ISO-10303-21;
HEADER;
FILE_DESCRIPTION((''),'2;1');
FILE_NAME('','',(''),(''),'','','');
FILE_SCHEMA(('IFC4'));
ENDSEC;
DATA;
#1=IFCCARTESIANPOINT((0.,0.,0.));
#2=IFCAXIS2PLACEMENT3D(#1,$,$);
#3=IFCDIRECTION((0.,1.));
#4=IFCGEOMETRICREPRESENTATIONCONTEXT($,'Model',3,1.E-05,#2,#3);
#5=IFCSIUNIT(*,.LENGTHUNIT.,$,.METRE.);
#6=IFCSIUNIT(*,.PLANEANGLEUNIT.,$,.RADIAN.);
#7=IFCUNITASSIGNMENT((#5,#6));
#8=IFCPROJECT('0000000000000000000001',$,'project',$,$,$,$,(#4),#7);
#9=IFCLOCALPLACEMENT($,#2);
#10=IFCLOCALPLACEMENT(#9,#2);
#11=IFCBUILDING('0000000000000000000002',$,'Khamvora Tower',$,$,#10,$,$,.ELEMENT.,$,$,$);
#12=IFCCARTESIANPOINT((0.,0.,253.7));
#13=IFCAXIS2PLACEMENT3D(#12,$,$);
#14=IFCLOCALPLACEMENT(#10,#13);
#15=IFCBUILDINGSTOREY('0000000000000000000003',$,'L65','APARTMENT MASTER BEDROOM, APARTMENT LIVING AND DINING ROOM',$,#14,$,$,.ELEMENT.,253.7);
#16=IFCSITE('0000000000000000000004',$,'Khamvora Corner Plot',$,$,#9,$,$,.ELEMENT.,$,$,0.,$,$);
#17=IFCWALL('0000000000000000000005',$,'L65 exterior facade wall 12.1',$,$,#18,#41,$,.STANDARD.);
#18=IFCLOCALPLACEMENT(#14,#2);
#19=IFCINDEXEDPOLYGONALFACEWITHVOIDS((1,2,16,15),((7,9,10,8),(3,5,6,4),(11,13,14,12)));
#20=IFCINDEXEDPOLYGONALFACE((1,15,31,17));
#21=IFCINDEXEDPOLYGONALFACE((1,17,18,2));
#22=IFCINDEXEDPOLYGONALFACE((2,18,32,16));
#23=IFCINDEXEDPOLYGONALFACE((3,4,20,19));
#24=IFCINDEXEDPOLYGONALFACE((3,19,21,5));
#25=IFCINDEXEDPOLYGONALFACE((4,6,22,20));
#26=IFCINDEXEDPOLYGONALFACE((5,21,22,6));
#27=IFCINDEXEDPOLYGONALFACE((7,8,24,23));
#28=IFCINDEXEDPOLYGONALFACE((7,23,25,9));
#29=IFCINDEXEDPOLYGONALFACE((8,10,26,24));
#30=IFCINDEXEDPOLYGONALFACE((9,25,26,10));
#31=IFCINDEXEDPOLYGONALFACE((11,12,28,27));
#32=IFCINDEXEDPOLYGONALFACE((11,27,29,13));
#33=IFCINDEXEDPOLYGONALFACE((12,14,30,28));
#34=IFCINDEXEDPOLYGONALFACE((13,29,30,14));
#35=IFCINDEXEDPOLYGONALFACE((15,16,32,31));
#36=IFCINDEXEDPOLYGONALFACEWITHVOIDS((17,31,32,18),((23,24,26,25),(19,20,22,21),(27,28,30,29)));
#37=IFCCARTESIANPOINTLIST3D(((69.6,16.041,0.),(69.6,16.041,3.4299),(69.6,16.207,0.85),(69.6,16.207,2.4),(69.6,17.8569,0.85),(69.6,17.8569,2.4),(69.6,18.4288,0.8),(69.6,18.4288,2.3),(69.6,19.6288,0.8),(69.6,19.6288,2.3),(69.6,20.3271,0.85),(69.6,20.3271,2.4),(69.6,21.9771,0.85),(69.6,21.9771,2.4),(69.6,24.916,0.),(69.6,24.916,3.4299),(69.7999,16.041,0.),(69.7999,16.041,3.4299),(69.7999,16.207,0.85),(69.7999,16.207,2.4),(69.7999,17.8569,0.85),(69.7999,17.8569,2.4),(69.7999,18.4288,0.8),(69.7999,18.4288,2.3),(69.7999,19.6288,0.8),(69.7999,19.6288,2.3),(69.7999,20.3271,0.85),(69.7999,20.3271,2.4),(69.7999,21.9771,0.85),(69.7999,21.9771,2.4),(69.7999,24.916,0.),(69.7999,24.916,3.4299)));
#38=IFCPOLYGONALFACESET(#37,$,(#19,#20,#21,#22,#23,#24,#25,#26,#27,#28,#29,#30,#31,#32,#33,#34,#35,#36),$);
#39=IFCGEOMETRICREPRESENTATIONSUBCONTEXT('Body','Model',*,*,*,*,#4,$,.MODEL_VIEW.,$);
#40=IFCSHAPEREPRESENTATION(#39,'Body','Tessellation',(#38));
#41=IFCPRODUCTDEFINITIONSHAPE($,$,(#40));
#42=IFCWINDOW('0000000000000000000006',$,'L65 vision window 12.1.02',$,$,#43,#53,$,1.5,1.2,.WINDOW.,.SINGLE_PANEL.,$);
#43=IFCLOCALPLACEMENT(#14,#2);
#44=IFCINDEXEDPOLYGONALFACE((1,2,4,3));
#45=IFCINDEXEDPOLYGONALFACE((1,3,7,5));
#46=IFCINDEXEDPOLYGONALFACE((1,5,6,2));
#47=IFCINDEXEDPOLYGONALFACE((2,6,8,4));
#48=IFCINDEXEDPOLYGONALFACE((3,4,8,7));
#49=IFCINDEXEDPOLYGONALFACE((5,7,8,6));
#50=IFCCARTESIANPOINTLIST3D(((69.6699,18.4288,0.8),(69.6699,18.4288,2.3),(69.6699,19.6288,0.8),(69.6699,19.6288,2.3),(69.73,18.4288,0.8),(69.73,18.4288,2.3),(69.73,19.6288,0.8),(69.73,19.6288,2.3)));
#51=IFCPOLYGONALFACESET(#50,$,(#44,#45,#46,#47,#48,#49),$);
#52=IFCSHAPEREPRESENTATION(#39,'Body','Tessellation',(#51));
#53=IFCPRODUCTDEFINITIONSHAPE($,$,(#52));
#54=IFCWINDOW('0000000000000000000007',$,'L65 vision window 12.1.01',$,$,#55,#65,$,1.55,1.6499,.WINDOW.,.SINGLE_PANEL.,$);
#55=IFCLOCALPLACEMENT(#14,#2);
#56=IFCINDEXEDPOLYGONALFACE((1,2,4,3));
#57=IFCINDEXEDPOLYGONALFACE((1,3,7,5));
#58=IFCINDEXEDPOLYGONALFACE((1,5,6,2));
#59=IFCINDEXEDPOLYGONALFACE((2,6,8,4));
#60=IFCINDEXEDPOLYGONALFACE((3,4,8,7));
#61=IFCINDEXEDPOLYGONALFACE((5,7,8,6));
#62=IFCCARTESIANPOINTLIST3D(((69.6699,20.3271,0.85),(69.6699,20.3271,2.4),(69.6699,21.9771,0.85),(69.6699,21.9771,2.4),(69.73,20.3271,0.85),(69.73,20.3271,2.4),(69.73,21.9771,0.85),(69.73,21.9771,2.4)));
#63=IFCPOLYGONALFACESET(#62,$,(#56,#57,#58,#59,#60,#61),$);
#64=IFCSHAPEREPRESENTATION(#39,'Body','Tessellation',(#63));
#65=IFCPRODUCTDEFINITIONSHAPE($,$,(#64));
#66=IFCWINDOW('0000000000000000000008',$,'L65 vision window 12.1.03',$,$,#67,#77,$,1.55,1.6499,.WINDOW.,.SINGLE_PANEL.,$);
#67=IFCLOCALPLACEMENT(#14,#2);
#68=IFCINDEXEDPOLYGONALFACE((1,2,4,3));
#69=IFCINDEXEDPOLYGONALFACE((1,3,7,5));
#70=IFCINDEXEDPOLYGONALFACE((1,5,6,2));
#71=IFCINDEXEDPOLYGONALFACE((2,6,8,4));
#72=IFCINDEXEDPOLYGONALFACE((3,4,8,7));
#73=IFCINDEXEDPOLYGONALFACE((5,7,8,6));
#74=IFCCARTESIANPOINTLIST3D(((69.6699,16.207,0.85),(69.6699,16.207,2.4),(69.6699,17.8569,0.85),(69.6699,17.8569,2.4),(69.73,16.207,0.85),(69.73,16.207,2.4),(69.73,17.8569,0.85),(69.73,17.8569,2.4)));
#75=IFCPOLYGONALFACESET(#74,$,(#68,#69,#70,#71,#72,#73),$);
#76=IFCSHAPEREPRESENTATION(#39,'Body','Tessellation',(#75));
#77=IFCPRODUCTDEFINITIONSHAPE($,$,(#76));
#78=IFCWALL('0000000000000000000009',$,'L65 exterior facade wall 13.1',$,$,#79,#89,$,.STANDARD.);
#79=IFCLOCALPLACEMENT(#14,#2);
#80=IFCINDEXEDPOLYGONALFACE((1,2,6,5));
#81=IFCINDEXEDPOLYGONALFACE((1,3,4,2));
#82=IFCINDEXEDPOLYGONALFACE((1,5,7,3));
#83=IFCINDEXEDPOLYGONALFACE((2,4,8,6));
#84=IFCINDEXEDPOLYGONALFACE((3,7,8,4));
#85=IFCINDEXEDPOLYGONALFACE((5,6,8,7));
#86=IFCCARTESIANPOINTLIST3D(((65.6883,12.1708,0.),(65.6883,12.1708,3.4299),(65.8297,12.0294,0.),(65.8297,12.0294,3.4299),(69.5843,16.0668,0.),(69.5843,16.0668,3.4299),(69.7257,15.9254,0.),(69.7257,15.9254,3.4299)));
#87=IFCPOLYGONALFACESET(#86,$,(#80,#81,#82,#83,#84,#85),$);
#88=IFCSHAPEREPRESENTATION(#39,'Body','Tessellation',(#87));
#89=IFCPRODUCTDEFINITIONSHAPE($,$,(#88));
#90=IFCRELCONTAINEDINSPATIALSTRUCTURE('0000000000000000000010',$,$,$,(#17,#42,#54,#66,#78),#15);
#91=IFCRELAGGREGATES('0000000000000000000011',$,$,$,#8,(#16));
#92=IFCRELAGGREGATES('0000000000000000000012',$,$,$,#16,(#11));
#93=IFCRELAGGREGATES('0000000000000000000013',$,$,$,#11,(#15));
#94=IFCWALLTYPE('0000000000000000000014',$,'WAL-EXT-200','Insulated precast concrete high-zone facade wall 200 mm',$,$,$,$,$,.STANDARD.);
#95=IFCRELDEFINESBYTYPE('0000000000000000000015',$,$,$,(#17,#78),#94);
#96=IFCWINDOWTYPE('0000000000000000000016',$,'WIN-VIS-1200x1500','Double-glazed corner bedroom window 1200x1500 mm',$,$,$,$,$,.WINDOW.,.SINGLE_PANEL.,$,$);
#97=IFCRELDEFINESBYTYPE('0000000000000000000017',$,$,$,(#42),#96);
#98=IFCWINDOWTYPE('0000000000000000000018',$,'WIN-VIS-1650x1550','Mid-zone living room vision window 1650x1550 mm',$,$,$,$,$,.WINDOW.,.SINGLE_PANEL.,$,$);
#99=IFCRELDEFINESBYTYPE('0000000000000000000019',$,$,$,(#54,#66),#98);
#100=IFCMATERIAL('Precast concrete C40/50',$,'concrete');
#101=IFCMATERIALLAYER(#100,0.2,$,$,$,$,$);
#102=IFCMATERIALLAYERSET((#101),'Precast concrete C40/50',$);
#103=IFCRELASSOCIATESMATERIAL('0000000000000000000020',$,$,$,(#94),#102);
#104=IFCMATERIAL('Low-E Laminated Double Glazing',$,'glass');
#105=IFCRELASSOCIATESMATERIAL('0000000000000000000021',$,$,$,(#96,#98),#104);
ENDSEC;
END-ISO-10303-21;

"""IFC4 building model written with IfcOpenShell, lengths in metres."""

from ifc_helpers import new_model, si_unit, direction, frame, frame_2d, origin, place, context, subcontext, project, spatial, rectangle, extrude, material, layer, layer_set, type_object, element, fill, save


model = new_model("IFC4")

# Units and contexts
model_context = context("Model", 3, precision=1e-05, world=origin(), true_north=direction((0.0, 1.0)))
body_context = subcontext(model_context, "Body", "Model", "MODEL_VIEW")
ifc_project = project(units=[si_unit("LENGTHUNIT", "METRE"), si_unit("PLANEANGLEUNIT", "RADIAN")], contexts=[model_context])

# Site, building, storey
site_placement = place(None, origin())
site = spatial("IfcSite", under=ifc_project, at=site_placement, Name="Khamvora Corner Plot", CompositionType="ELEMENT", RefElevation=0.0)
building_placement = place(site_placement, origin())
building = spatial("IfcBuilding", under=site, at=building_placement, Name="Khamvora Tower", CompositionType="ELEMENT")
storey_placement = place(building_placement, frame((0.0, 0.0, 253.7)))
storey = spatial("IfcBuildingStorey", under=building, at=storey_placement, Name="L65", Description="APARTMENT MASTER BEDROOM, APARTMENT LIVING AND DINING ROOM", CompositionType="ELEMENT", Elevation=253.7)

# Shared definitions
ifc_material_1 = material(Name="Precast concrete C40/50", Category="concrete")
ifc_layer_1 = layer(ifc_material_1, 0.2)
ifc_layer_set_1 = layer_set([ifc_layer_1], Name="Precast concrete C40/50")
wall_type_1 = type_object("IfcWallType", Name="WAL-EXT-200", Description="Insulated precast concrete high-zone facade wall 200 mm", PredefinedType="STANDARD", material=ifc_layer_set_1)

# Wall, openings, windows
wall_1_placement = place(storey_placement, frame((69.7, 24.916, 0.0), z_axis=(0.0, 0.0, 1.0), x_axis=(0.0, -1.0, 0.0)))
wall_1 = element("IfcWall", 1, at=wall_1_placement, inside=storey, type_object=wall_type_1, Name="L65 exterior facade wall 12.1", PredefinedType="STANDARD", context=body_context, shape_type="SweptSolid", body=[
    extrude(rectangle(XDim=8.875, YDim=0.2, at=frame_2d((4.4375, 0.0))), origin(), (0.0, 0.0, 1.0), 3.4299),
])
opening_1_placement = place(wall_1_placement, frame((2.939, 0.0, 0.8501)))
opening_1 = element("IfcOpeningElement", 2, at=opening_1_placement, cuts=wall_1, PredefinedType="OPENING", context=body_context, shape_type="SweptSolid", body=[
    extrude(rectangle(XDim=1.6499, YDim=1.55, at=frame_2d((0.825, 0.7749))), frame((0.0, 0.1099, 0.0), z_axis=(0.0, -1.0, 0.0), x_axis=(1.0, 0.0, 0.0)), (0.0, 0.0, 1.0), 0.22),
])
opening_2_placement = place(wall_1_placement, frame((5.2871, 0.0, 0.8)))
opening_2 = element("IfcOpeningElement", 3, at=opening_2_placement, cuts=wall_1, PredefinedType="OPENING", context=body_context, shape_type="SweptSolid", body=[
    extrude(rectangle(XDim=1.2, YDim=1.5, at=frame_2d((0.6001, 0.75))), frame((0.0, 0.1099, 0.0), z_axis=(0.0, -1.0, 0.0), x_axis=(1.0, 0.0, 0.0)), (0.0, 0.0, 1.0), 0.22),
])
opening_3_placement = place(wall_1_placement, frame((7.0591, 0.0, 0.8501)))
opening_3 = element("IfcOpeningElement", 4, at=opening_3_placement, cuts=wall_1, PredefinedType="OPENING", context=body_context, shape_type="SweptSolid", body=[
    extrude(rectangle(XDim=1.6499, YDim=1.55, at=frame_2d((0.825, 0.7749))), frame((0.0, 0.1099, 0.0), z_axis=(0.0, -1.0, 0.0), x_axis=(1.0, 0.0, 0.0)), (0.0, 0.0, 1.0), 0.22),
])
ifc_material_2 = material(Name="Low-E Laminated Double Glazing", Category="glass")
window_type_1 = type_object("IfcWindowType", Name="WIN-VIS-1200x1500", Description="Double-glazed corner bedroom window 1200x1500 mm", PartitioningType="SINGLE_PANEL", PredefinedType="WINDOW", material=ifc_material_2)
window_1_placement = place(opening_2_placement, origin())
window_1 = element("IfcWindow", 5, at=window_1_placement, inside=storey, type_object=window_type_1, Name="L65 vision window 12.1.02", OverallHeight=1.5, OverallWidth=1.2, PartitioningType="SINGLE_PANEL", PredefinedType="WINDOW", context=body_context, shape_type="SweptSolid", body=[
    extrude(rectangle(XDim=1.2, YDim=1.5, at=frame_2d((0.6001, 0.75))), frame((0.0, 0.03, 0.0), z_axis=(0.0, -1.0, 0.0), x_axis=(1.0, 0.0, 0.0)), (0.0, 0.0, 1.0), 0.0601),
])
fill(opening_2, window_1)
window_type_2 = type_object("IfcWindowType", Name="WIN-VIS-1650x1550", Description="Mid-zone living room vision window 1650x1550 mm", PartitioningType="SINGLE_PANEL", PredefinedType="WINDOW", material=ifc_material_2)
window_2_placement = place(opening_1_placement, origin())
window_2 = element("IfcWindow", 6, at=window_2_placement, inside=storey, type_object=window_type_2, Name="L65 vision window 12.1.01", OverallHeight=1.55, OverallWidth=1.6499, PartitioningType="SINGLE_PANEL", PredefinedType="WINDOW", context=body_context, shape_type="SweptSolid", body=[
    extrude(rectangle(XDim=1.6499, YDim=1.55, at=frame_2d((0.825, 0.7749))), frame((0.0, 0.03, 0.0), z_axis=(0.0, -1.0, 0.0), x_axis=(1.0, 0.0, 0.0)), (0.0, 0.0, 1.0), 0.0601),
])
fill(opening_1, window_2)
window_3_placement = place(opening_3_placement, origin())
window_3 = element("IfcWindow", 7, at=window_3_placement, inside=storey, type_object=window_type_2, Name="L65 vision window 12.1.03", OverallHeight=1.55, OverallWidth=1.6499, PartitioningType="SINGLE_PANEL", PredefinedType="WINDOW", context=body_context, shape_type="SweptSolid", body=[
    extrude(rectangle(XDim=1.6499, YDim=1.55, at=frame_2d((0.825, 0.7749))), frame((0.0, 0.03, 0.0), z_axis=(0.0, -1.0, 0.0), x_axis=(1.0, 0.0, 0.0)), (0.0, 0.0, 1.0), 0.0601),
])
fill(opening_3, window_3)

# Wall
wall_2_placement = place(storey_placement, frame((69.655, 15.9961, 0.0), z_axis=(0.0, 0.0, 1.0), x_axis=(-0.707107, -0.707107, 0.0)))
element("IfcWall", 8, at=wall_2_placement, inside=storey, type_object=wall_type_1, Name="L65 exterior facade wall 13.1", PredefinedType="STANDARD", context=body_context, shape_type="SweptSolid", body=[
    extrude(rectangle(XDim=5.5098, YDim=0.2, at=frame_2d((2.7549, 0.0))), origin(), (0.0, 0.0, 1.0), 3.4299),
])

save(model, "model.ifc")
